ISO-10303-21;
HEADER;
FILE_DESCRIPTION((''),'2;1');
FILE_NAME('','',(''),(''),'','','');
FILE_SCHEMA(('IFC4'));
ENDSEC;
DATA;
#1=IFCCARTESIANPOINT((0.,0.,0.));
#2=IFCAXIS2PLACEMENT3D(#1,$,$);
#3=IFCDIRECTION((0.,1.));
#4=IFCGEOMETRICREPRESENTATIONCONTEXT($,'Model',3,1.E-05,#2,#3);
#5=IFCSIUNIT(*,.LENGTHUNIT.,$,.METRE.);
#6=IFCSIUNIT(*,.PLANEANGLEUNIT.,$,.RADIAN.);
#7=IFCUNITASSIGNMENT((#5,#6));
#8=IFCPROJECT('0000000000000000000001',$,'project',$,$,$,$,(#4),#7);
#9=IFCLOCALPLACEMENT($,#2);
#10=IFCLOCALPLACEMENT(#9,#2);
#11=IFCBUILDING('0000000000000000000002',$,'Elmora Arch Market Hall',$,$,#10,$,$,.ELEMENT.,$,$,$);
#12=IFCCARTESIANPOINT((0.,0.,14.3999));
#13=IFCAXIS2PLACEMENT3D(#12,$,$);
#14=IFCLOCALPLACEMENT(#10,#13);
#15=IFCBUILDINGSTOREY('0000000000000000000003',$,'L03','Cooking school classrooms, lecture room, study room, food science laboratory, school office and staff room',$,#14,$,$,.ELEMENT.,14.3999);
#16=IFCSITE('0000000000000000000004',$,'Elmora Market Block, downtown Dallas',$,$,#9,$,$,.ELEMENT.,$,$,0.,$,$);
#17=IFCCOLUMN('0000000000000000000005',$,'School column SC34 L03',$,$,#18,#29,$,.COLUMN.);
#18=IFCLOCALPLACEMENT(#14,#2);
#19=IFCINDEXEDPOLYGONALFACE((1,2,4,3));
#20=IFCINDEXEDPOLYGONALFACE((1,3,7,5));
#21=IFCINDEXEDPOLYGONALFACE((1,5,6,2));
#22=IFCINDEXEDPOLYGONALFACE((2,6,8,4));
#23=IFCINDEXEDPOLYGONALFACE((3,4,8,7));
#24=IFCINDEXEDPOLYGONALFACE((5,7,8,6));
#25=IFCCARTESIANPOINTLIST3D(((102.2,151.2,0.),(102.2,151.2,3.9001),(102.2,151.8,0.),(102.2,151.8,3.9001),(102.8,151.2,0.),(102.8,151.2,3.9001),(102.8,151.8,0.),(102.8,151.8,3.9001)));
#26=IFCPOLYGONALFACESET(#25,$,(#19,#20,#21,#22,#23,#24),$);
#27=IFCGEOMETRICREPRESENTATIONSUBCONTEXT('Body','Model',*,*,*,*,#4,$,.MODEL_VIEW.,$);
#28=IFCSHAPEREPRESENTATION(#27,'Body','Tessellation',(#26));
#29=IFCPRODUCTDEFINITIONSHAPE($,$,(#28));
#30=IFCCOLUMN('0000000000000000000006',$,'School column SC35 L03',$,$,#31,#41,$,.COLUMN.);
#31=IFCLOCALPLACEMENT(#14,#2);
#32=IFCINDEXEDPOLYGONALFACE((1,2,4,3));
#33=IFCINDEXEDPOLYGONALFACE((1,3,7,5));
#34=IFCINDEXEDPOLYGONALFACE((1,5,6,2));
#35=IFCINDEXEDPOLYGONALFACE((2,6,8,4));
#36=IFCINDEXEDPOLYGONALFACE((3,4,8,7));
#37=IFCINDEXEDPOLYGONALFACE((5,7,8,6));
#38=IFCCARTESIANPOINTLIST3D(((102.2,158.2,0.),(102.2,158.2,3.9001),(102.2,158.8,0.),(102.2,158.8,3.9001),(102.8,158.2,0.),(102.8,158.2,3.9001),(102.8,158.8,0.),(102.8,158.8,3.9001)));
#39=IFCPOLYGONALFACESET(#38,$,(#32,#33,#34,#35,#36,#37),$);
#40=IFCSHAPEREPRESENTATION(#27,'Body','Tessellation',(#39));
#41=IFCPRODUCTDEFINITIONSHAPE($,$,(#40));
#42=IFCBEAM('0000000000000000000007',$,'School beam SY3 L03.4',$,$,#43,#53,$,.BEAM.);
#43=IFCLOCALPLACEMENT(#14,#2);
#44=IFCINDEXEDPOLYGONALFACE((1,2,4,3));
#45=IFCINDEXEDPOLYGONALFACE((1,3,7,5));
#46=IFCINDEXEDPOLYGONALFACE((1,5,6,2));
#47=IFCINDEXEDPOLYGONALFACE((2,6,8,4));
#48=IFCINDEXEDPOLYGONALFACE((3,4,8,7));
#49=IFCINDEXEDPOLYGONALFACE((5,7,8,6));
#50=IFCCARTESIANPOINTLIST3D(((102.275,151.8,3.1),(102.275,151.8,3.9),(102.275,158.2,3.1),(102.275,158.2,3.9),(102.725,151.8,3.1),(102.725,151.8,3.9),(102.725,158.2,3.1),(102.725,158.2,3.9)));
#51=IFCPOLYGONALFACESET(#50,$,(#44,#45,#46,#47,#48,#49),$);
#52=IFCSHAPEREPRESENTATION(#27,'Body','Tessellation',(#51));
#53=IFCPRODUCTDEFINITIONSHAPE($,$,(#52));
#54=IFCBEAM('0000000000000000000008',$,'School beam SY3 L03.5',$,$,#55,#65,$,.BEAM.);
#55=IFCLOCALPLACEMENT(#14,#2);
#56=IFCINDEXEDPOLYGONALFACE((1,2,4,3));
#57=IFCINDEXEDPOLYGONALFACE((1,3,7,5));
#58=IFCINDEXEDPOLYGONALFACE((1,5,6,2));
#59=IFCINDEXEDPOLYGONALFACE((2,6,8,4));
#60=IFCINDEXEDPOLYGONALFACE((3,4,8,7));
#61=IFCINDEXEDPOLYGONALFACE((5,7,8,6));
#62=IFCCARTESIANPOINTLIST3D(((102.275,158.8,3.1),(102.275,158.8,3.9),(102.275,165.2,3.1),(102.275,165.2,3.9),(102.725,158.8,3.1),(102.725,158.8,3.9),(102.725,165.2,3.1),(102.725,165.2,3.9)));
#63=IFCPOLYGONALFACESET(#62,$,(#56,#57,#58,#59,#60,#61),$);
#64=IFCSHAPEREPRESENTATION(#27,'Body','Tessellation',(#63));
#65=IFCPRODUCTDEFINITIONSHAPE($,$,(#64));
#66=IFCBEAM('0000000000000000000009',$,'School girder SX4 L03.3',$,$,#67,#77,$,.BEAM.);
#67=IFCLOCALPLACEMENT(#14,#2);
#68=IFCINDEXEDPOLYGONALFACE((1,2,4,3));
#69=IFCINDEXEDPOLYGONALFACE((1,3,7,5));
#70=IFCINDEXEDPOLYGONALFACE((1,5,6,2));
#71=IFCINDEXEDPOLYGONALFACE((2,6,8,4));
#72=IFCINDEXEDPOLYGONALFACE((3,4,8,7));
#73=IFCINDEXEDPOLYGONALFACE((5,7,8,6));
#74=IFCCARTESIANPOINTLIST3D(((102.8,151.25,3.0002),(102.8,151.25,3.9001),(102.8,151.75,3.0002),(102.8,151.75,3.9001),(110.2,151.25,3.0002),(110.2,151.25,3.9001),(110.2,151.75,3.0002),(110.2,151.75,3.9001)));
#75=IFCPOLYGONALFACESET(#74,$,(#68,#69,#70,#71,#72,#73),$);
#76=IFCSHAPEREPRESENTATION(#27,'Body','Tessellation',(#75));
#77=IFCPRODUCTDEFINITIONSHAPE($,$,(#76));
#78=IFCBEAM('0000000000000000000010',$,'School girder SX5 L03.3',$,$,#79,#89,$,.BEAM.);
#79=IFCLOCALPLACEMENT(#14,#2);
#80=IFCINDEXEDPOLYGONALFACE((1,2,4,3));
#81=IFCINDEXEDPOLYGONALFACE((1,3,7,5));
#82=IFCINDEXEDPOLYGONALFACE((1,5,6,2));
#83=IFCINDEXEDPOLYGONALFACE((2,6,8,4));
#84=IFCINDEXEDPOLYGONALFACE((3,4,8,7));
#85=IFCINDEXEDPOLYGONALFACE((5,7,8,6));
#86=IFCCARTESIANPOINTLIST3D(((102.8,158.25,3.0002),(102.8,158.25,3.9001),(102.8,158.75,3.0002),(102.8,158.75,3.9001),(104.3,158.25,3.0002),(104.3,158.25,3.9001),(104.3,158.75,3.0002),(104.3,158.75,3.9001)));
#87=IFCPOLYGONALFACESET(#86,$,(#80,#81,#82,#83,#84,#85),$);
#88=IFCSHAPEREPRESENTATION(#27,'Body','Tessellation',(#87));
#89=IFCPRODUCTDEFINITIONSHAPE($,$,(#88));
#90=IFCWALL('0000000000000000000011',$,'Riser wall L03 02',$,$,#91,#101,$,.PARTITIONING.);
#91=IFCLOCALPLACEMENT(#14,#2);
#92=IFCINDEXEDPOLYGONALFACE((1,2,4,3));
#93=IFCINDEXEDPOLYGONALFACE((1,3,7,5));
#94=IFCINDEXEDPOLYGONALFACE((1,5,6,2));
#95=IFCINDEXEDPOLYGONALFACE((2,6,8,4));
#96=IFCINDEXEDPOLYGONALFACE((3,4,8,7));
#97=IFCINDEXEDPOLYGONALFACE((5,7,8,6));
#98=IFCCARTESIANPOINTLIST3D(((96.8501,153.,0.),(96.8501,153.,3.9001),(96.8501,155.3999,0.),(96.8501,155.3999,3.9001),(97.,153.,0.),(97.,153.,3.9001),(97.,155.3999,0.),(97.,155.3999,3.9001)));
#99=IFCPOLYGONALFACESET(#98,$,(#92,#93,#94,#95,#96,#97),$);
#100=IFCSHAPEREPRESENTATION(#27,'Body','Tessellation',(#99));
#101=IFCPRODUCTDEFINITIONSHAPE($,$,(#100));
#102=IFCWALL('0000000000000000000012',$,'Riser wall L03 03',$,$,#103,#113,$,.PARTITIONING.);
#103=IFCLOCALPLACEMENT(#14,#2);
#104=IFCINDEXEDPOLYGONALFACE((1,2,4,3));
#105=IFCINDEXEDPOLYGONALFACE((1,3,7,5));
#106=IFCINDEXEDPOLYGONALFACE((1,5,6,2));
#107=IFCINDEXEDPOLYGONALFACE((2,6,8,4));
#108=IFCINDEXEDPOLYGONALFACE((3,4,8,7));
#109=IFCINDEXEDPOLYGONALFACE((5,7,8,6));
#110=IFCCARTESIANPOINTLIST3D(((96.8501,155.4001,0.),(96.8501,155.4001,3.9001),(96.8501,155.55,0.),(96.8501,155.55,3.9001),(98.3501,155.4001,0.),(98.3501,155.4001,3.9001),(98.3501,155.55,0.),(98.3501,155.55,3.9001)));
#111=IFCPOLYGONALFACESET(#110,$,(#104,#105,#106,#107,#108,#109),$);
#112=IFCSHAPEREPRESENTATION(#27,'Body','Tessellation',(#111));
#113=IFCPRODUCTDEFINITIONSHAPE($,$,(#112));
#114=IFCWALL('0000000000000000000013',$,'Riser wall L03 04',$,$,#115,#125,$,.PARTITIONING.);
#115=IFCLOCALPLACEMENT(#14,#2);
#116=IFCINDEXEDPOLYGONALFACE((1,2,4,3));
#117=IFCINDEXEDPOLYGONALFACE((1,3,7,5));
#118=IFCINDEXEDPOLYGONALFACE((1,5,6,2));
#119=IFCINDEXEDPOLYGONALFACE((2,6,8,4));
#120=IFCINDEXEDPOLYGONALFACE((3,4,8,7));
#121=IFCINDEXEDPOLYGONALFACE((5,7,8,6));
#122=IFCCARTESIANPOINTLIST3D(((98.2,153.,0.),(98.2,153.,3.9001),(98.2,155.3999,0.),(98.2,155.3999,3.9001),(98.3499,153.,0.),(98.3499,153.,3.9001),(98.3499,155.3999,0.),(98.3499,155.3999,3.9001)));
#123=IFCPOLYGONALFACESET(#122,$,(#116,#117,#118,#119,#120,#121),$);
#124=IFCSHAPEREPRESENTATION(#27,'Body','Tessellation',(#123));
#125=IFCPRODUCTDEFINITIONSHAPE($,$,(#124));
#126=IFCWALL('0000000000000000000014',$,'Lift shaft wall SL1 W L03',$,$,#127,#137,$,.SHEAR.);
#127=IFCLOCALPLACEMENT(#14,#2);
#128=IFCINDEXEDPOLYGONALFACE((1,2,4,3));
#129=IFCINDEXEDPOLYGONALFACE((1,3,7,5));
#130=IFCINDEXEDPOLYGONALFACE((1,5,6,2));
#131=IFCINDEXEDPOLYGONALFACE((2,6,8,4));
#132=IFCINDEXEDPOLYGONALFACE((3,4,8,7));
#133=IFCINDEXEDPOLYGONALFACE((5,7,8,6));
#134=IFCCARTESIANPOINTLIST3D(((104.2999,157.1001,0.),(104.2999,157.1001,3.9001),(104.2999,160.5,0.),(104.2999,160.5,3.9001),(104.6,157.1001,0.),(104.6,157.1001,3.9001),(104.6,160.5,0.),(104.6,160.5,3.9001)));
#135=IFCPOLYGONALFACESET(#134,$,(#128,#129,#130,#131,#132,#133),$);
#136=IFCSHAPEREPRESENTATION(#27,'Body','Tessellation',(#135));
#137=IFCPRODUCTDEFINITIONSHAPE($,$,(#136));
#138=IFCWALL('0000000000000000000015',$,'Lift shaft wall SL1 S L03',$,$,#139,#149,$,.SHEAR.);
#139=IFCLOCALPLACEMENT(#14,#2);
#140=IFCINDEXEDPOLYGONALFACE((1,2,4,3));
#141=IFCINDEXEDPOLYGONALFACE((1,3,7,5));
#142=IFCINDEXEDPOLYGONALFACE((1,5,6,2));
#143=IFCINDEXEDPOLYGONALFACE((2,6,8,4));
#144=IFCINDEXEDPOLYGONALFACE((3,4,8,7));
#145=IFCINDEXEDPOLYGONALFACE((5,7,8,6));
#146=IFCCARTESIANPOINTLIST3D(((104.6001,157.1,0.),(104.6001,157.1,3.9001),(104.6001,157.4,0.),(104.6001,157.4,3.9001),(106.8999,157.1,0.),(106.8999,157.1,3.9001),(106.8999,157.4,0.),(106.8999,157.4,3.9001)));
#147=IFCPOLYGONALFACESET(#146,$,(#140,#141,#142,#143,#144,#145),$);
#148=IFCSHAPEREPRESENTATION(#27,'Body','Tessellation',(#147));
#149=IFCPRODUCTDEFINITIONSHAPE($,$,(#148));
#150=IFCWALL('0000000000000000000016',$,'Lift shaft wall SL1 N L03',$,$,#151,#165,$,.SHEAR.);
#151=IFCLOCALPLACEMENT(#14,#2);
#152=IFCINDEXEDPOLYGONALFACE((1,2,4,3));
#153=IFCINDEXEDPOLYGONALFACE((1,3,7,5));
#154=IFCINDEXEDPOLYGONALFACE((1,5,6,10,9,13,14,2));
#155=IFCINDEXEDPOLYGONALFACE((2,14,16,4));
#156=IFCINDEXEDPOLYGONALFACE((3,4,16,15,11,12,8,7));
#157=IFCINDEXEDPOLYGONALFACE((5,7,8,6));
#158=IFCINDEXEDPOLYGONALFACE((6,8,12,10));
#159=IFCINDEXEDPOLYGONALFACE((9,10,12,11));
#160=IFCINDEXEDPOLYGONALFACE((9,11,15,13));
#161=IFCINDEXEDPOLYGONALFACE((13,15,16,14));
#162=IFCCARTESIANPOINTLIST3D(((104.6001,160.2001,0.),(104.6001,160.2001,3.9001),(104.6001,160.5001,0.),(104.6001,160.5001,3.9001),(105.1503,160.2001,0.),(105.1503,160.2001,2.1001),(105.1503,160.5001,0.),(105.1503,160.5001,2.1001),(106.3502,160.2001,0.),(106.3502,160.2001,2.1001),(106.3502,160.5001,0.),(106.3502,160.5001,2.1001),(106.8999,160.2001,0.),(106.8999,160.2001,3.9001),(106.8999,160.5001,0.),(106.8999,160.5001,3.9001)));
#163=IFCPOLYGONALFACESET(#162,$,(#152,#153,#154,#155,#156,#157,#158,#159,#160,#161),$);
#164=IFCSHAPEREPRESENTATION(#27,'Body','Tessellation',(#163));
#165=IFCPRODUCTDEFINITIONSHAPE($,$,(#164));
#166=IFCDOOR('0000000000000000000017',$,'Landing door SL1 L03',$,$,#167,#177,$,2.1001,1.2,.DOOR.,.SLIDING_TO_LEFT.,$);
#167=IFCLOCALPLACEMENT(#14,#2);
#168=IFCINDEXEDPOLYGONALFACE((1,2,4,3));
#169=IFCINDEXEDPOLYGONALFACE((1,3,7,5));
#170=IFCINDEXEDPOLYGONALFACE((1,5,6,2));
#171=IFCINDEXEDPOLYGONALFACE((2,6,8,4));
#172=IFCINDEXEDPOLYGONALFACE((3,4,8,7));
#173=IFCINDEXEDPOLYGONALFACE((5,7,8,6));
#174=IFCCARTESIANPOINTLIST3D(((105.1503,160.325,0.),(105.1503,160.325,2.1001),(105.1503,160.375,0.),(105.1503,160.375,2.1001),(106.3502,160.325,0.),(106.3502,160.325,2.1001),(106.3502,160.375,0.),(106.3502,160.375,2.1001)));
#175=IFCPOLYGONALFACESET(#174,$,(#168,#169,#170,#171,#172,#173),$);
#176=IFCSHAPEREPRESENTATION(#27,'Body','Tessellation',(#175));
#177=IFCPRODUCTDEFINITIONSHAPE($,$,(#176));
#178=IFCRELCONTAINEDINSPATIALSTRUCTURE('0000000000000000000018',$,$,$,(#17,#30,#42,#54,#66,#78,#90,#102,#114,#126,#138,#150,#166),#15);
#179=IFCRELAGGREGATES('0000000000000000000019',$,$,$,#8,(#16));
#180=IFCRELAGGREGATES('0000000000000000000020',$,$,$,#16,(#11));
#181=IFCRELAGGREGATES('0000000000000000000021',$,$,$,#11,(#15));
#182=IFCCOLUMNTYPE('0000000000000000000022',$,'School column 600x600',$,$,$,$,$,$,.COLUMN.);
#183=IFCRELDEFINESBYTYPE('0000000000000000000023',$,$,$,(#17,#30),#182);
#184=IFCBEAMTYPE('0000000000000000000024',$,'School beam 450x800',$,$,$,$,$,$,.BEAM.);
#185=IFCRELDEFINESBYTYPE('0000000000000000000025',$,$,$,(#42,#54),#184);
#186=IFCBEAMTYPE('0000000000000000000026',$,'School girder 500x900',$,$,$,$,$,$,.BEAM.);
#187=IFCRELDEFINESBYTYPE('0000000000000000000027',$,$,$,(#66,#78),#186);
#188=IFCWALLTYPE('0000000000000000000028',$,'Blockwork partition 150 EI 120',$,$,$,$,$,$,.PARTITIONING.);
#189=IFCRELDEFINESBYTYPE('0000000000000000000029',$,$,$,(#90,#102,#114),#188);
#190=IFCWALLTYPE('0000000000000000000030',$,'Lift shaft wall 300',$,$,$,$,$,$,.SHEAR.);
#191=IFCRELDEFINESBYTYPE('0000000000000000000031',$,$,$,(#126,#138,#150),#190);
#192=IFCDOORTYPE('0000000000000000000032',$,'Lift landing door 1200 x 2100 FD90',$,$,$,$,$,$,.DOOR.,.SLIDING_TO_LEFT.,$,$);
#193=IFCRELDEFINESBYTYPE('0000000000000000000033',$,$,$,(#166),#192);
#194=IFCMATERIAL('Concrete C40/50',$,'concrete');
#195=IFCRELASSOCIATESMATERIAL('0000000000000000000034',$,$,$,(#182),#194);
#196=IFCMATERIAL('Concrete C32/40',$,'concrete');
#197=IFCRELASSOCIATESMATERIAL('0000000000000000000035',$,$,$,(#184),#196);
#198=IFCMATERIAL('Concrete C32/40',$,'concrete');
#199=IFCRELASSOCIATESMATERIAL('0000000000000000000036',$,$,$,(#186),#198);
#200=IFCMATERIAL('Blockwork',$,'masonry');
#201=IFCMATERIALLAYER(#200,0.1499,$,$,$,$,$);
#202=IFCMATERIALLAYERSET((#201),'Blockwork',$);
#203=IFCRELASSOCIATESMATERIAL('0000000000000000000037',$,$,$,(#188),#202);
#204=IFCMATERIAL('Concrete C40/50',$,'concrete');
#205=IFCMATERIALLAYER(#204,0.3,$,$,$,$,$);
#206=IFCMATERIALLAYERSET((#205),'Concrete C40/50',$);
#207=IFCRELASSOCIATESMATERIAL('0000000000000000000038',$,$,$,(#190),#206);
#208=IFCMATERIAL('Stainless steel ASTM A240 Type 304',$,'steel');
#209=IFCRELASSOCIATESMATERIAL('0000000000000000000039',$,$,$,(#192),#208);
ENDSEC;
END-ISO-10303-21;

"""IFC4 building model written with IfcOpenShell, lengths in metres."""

from ifc_helpers import new_model, si_unit, direction, frame, frame_2d, origin, origin_2d, place, context, subcontext, project, spatial, rectangle, extrude, material, layer, layer_set, material_profile, profile_set, type_object, element, fill, save


model = new_model("IFC4")

# Units and contexts
model_context = context("Model", 3, precision=1e-05, world=origin(), true_north=direction((0.0, 1.0)))
body_context = subcontext(model_context, "Body", "Model", "MODEL_VIEW")
ifc_project = project(units=[si_unit("LENGTHUNIT", "METRE"), si_unit("PLANEANGLEUNIT", "RADIAN")], contexts=[model_context])

# Site, building, storey
site_placement = place(None, origin())
site = spatial("IfcSite", under=ifc_project, at=site_placement, Name="Elmora Market Block, downtown Dallas", CompositionType="ELEMENT", RefElevation=0.0)
building_placement = place(site_placement, origin())
building = spatial("IfcBuilding", under=site, at=building_placement, Name="Elmora Arch Market Hall", CompositionType="ELEMENT")
storey_placement = place(building_placement, frame((0.0, 0.0, 14.3999)))
storey = spatial("IfcBuildingStorey", under=building, at=storey_placement, Name="L03", Description="Cooking school classrooms, lecture room, study room, food science laboratory, school office and staff room", CompositionType="ELEMENT", Elevation=14.3999)

# Columns
ifc_material_1 = material(Name="Concrete C40/50", Category="concrete")
ifc_material_profile_1 = material_profile(ifc_material_1, rectangle(XDim=0.6001, YDim=0.6001, at=origin_2d()), Name="School column 600x600")
ifc_profile_set_1 = profile_set([ifc_material_profile_1], Name="Concrete C40/50")
column_type = type_object("IfcColumnType", Name="School column 600x600", PredefinedType="COLUMN", material=ifc_profile_set_1)
for number, where, z_axis, x_axis, name in (
    (1, (102.5, 151.5, 0.0), (0.0, 0.0, 1.0), (1.0, 0.0, 0.0), "School column SC34 L03"),
    (2, (102.5, 158.5, 0.0), (0.0, 0.0, 1.0), (1.0, 0.0, 0.0), "School column SC35 L03"),
):
    element("IfcColumn", number, at=place(storey_placement, frame(where, z_axis=z_axis, x_axis=x_axis)), inside=storey, type_object=column_type, Name=name, PredefinedType="COLUMN", context=body_context, shape_type="SweptSolid", body=[
        extrude(rectangle(XDim=0.6001, YDim=0.6001, at=origin_2d()), origin(), (0.0, 0.0, 1.0), 3.9001),
    ])

# Beams
ifc_material_2 = material(Name="Concrete C32/40", Category="concrete")
ifc_material_profile_2 = material_profile(ifc_material_2, rectangle(XDim=0.45, YDim=0.8, at=origin_2d()), Name="School beam 450x800")
ifc_profile_set_2 = profile_set([ifc_material_profile_2], Name="Concrete C32/40")
beam_type_1 = type_object("IfcBeamType", Name="School beam 450x800", PredefinedType="BEAM", material=ifc_profile_set_2)
for number, where, z_axis, x_axis, name in (
    (3, (102.5, 151.8, 3.5), (0.0, 1.0, 0.0), (-1.0, 0.0, 0.0), "School beam SY3 L03.4"),
    (4, (102.5, 158.8, 3.5), (0.0, 1.0, 0.0), (-1.0, 0.0, 0.0), "School beam SY3 L03.5"),
):
    element("IfcBeam", number, at=place(storey_placement, frame(where, z_axis=z_axis, x_axis=x_axis)), inside=storey, type_object=beam_type_1, Name=name, PredefinedType="BEAM", context=body_context, shape_type="SweptSolid", body=[
        extrude(rectangle(XDim=0.45, YDim=0.8, at=origin_2d()), origin(), (0.0, 0.0, 1.0), 6.3999),
    ])
ifc_material_3 = material(Name="Concrete C32/40", Category="concrete")
ifc_material_profile_3 = material_profile(ifc_material_3, rectangle(XDim=0.5, YDim=0.8999, at=origin_2d()), Name="School girder 500x900")
ifc_profile_set_3 = profile_set([ifc_material_profile_3], Name="Concrete C32/40")
beam_type_2 = type_object("IfcBeamType", Name="School girder 500x900", PredefinedType="BEAM", material=ifc_profile_set_3)
beam_1_placement = place(storey_placement, frame((102.8, 151.5, 3.4502), z_axis=(1.0, 0.0, 0.0), x_axis=(0.0, 1.0, 0.0)))
element("IfcBeam", 5, at=beam_1_placement, inside=storey, type_object=beam_type_2, Name="School girder SX4 L03.3", PredefinedType="BEAM", context=body_context, shape_type="SweptSolid", body=[
    extrude(rectangle(XDim=0.5, YDim=0.8999, at=origin_2d()), origin(), (0.0, 0.0, 1.0), 7.3999),
])
beam_2_placement = place(storey_placement, frame((102.8, 158.5, 3.4502), z_axis=(1.0, 0.0, 0.0), x_axis=(0.0, 1.0, 0.0)))
element("IfcBeam", 6, at=beam_2_placement, inside=storey, type_object=beam_type_2, Name="School girder SX5 L03.3", PredefinedType="BEAM", context=body_context, shape_type="SweptSolid", body=[
    extrude(rectangle(XDim=0.5, YDim=0.8999, at=origin_2d()), origin(), (0.0, 0.0, 1.0), 1.5),
])

# Walls
ifc_material_4 = material(Name="Blockwork", Category="masonry")
ifc_layer_1 = layer(ifc_material_4, 0.1499)
ifc_layer_set_1 = layer_set([ifc_layer_1], Name="Blockwork")
wall_type_1 = type_object("IfcWallType", Name="Blockwork partition 150 EI 120", PredefinedType="PARTITIONING", material=ifc_layer_set_1)
wall_1_placement = place(storey_placement, frame((96.925, 153.0, 0.0), z_axis=(0.0, 0.0, 1.0), x_axis=(0.0, 1.0, 0.0)))
element("IfcWall", 7, at=wall_1_placement, inside=storey, type_object=wall_type_1, Name="Riser wall L03 02", PredefinedType="PARTITIONING", context=body_context, shape_type="SweptSolid", body=[
    extrude(rectangle(XDim=2.3999, YDim=0.1499, at=frame_2d((1.2, 0.0))), origin(), (0.0, 0.0, 1.0), 3.9001),
])
wall_2_placement = place(storey_placement, frame((96.8501, 155.4751, 0.0), z_axis=(0.0, 0.0, 1.0), x_axis=(1.0, 0.0, 0.0)))
element("IfcWall", 8, at=wall_2_placement, inside=storey, type_object=wall_type_1, Name="Riser wall L03 03", PredefinedType="PARTITIONING", context=body_context, shape_type="SweptSolid", body=[
    extrude(rectangle(XDim=1.5, YDim=0.1499, at=frame_2d((0.75, 0.0))), origin(), (0.0, 0.0, 1.0), 3.9001),
])
wall_3_placement = place(storey_placement, frame((98.2749, 153.0, 0.0), z_axis=(0.0, 0.0, 1.0), x_axis=(0.0, 1.0, 0.0)))
element("IfcWall", 9, at=wall_3_placement, inside=storey, type_object=wall_type_1, Name="Riser wall L03 04", PredefinedType="PARTITIONING", context=body_context, shape_type="SweptSolid", body=[
    extrude(rectangle(XDim=2.3999, YDim=0.1499, at=frame_2d((1.2, 0.0))), origin(), (0.0, 0.0, 1.0), 3.9001),
])
ifc_material_5 = material(Name="Concrete C40/50", Category="concrete")
ifc_layer_2 = layer(ifc_material_5, 0.3)
ifc_layer_set_2 = layer_set([ifc_layer_2], Name="Concrete C40/50")
wall_type_2 = type_object("IfcWallType", Name="Lift shaft wall 300", PredefinedType="SHEAR", material=ifc_layer_set_2)
wall_4_placement = place(storey_placement, frame((104.45, 157.1001, 0.0), z_axis=(0.0, 0.0, 1.0), x_axis=(0.0, 1.0, 0.0)))
element("IfcWall", 10, at=wall_4_placement, inside=storey, type_object=wall_type_2, Name="Lift shaft wall SL1 W L03", PredefinedType="SHEAR", context=body_context, shape_type="SweptSolid", body=[
    extrude(rectangle(XDim=3.3999, YDim=0.3, at=frame_2d((1.7, 0.0))), origin(), (0.0, 0.0, 1.0), 3.9001),
])
wall_5_placement = place(storey_placement, frame((104.6001, 157.25, 0.0), z_axis=(0.0, 0.0, 1.0), x_axis=(1.0, 0.0, 0.0)))
element("IfcWall", 11, at=wall_5_placement, inside=storey, type_object=wall_type_2, Name="Lift shaft wall SL1 S L03", PredefinedType="SHEAR", context=body_context, shape_type="SweptSolid", body=[
    extrude(rectangle(XDim=2.2998, YDim=0.3, at=frame_2d((1.1499, 0.0))), origin(), (0.0, 0.0, 1.0), 3.9001),
])

# Wall, opening, door
wall_6_placement = place(storey_placement, frame((104.6001, 160.3501, 0.0), z_axis=(0.0, 0.0, 1.0), x_axis=(1.0, 0.0, 0.0)))
wall_6 = element("IfcWall", 12, at=wall_6_placement, inside=storey, type_object=wall_type_2, Name="Lift shaft wall SL1 N L03", PredefinedType="SHEAR", context=body_context, shape_type="SweptSolid", body=[
    extrude(rectangle(XDim=2.2998, YDim=0.3, at=frame_2d((1.1499, 0.0))), origin(), (0.0, 0.0, 1.0), 3.9001),
])
opening_1_placement = place(wall_6_placement, frame((0.55, 0.0, 0.0)))
opening_1 = element("IfcOpeningElement", 13, at=opening_1_placement, cuts=wall_6, PredefinedType="OPENING", context=body_context, shape_type="SweptSolid", body=[
    extrude(rectangle(XDim=1.2, YDim=2.1001, at=frame_2d((0.6001, 1.05))), frame((0.0, 0.1599, 0.0), z_axis=(0.0, -1.0, 0.0), x_axis=(1.0, 0.0, 0.0)), (0.0, 0.0, 1.0), 0.3201),
])
ifc_material_6 = material(Name="Stainless steel ASTM A240 Type 304", Category="steel")
door_type_1 = type_object("IfcDoorType", Name="Lift landing door 1200 x 2100 FD90", OperationType="SLIDING_TO_LEFT", PredefinedType="DOOR", material=ifc_material_6)
door_1_placement = place(opening_1_placement, origin())
door_1 = element("IfcDoor", 14, at=door_1_placement, inside=storey, type_object=door_type_1, Name="Landing door SL1 L03", OperationType="SLIDING_TO_LEFT", OverallHeight=2.1001, OverallWidth=1.2, PredefinedType="DOOR", context=body_context, shape_type="SweptSolid", body=[
    extrude(rectangle(XDim=1.2, YDim=2.1001, at=frame_2d((0.6001, 1.05))), frame((0.0, 0.0249, 0.0), z_axis=(0.0, -1.0, 0.0), x_axis=(1.0, 0.0, 0.0)), (0.0, 0.0, 1.0), 0.05),
])
fill(opening_1, door_1)

save(model, "model.ifc")
